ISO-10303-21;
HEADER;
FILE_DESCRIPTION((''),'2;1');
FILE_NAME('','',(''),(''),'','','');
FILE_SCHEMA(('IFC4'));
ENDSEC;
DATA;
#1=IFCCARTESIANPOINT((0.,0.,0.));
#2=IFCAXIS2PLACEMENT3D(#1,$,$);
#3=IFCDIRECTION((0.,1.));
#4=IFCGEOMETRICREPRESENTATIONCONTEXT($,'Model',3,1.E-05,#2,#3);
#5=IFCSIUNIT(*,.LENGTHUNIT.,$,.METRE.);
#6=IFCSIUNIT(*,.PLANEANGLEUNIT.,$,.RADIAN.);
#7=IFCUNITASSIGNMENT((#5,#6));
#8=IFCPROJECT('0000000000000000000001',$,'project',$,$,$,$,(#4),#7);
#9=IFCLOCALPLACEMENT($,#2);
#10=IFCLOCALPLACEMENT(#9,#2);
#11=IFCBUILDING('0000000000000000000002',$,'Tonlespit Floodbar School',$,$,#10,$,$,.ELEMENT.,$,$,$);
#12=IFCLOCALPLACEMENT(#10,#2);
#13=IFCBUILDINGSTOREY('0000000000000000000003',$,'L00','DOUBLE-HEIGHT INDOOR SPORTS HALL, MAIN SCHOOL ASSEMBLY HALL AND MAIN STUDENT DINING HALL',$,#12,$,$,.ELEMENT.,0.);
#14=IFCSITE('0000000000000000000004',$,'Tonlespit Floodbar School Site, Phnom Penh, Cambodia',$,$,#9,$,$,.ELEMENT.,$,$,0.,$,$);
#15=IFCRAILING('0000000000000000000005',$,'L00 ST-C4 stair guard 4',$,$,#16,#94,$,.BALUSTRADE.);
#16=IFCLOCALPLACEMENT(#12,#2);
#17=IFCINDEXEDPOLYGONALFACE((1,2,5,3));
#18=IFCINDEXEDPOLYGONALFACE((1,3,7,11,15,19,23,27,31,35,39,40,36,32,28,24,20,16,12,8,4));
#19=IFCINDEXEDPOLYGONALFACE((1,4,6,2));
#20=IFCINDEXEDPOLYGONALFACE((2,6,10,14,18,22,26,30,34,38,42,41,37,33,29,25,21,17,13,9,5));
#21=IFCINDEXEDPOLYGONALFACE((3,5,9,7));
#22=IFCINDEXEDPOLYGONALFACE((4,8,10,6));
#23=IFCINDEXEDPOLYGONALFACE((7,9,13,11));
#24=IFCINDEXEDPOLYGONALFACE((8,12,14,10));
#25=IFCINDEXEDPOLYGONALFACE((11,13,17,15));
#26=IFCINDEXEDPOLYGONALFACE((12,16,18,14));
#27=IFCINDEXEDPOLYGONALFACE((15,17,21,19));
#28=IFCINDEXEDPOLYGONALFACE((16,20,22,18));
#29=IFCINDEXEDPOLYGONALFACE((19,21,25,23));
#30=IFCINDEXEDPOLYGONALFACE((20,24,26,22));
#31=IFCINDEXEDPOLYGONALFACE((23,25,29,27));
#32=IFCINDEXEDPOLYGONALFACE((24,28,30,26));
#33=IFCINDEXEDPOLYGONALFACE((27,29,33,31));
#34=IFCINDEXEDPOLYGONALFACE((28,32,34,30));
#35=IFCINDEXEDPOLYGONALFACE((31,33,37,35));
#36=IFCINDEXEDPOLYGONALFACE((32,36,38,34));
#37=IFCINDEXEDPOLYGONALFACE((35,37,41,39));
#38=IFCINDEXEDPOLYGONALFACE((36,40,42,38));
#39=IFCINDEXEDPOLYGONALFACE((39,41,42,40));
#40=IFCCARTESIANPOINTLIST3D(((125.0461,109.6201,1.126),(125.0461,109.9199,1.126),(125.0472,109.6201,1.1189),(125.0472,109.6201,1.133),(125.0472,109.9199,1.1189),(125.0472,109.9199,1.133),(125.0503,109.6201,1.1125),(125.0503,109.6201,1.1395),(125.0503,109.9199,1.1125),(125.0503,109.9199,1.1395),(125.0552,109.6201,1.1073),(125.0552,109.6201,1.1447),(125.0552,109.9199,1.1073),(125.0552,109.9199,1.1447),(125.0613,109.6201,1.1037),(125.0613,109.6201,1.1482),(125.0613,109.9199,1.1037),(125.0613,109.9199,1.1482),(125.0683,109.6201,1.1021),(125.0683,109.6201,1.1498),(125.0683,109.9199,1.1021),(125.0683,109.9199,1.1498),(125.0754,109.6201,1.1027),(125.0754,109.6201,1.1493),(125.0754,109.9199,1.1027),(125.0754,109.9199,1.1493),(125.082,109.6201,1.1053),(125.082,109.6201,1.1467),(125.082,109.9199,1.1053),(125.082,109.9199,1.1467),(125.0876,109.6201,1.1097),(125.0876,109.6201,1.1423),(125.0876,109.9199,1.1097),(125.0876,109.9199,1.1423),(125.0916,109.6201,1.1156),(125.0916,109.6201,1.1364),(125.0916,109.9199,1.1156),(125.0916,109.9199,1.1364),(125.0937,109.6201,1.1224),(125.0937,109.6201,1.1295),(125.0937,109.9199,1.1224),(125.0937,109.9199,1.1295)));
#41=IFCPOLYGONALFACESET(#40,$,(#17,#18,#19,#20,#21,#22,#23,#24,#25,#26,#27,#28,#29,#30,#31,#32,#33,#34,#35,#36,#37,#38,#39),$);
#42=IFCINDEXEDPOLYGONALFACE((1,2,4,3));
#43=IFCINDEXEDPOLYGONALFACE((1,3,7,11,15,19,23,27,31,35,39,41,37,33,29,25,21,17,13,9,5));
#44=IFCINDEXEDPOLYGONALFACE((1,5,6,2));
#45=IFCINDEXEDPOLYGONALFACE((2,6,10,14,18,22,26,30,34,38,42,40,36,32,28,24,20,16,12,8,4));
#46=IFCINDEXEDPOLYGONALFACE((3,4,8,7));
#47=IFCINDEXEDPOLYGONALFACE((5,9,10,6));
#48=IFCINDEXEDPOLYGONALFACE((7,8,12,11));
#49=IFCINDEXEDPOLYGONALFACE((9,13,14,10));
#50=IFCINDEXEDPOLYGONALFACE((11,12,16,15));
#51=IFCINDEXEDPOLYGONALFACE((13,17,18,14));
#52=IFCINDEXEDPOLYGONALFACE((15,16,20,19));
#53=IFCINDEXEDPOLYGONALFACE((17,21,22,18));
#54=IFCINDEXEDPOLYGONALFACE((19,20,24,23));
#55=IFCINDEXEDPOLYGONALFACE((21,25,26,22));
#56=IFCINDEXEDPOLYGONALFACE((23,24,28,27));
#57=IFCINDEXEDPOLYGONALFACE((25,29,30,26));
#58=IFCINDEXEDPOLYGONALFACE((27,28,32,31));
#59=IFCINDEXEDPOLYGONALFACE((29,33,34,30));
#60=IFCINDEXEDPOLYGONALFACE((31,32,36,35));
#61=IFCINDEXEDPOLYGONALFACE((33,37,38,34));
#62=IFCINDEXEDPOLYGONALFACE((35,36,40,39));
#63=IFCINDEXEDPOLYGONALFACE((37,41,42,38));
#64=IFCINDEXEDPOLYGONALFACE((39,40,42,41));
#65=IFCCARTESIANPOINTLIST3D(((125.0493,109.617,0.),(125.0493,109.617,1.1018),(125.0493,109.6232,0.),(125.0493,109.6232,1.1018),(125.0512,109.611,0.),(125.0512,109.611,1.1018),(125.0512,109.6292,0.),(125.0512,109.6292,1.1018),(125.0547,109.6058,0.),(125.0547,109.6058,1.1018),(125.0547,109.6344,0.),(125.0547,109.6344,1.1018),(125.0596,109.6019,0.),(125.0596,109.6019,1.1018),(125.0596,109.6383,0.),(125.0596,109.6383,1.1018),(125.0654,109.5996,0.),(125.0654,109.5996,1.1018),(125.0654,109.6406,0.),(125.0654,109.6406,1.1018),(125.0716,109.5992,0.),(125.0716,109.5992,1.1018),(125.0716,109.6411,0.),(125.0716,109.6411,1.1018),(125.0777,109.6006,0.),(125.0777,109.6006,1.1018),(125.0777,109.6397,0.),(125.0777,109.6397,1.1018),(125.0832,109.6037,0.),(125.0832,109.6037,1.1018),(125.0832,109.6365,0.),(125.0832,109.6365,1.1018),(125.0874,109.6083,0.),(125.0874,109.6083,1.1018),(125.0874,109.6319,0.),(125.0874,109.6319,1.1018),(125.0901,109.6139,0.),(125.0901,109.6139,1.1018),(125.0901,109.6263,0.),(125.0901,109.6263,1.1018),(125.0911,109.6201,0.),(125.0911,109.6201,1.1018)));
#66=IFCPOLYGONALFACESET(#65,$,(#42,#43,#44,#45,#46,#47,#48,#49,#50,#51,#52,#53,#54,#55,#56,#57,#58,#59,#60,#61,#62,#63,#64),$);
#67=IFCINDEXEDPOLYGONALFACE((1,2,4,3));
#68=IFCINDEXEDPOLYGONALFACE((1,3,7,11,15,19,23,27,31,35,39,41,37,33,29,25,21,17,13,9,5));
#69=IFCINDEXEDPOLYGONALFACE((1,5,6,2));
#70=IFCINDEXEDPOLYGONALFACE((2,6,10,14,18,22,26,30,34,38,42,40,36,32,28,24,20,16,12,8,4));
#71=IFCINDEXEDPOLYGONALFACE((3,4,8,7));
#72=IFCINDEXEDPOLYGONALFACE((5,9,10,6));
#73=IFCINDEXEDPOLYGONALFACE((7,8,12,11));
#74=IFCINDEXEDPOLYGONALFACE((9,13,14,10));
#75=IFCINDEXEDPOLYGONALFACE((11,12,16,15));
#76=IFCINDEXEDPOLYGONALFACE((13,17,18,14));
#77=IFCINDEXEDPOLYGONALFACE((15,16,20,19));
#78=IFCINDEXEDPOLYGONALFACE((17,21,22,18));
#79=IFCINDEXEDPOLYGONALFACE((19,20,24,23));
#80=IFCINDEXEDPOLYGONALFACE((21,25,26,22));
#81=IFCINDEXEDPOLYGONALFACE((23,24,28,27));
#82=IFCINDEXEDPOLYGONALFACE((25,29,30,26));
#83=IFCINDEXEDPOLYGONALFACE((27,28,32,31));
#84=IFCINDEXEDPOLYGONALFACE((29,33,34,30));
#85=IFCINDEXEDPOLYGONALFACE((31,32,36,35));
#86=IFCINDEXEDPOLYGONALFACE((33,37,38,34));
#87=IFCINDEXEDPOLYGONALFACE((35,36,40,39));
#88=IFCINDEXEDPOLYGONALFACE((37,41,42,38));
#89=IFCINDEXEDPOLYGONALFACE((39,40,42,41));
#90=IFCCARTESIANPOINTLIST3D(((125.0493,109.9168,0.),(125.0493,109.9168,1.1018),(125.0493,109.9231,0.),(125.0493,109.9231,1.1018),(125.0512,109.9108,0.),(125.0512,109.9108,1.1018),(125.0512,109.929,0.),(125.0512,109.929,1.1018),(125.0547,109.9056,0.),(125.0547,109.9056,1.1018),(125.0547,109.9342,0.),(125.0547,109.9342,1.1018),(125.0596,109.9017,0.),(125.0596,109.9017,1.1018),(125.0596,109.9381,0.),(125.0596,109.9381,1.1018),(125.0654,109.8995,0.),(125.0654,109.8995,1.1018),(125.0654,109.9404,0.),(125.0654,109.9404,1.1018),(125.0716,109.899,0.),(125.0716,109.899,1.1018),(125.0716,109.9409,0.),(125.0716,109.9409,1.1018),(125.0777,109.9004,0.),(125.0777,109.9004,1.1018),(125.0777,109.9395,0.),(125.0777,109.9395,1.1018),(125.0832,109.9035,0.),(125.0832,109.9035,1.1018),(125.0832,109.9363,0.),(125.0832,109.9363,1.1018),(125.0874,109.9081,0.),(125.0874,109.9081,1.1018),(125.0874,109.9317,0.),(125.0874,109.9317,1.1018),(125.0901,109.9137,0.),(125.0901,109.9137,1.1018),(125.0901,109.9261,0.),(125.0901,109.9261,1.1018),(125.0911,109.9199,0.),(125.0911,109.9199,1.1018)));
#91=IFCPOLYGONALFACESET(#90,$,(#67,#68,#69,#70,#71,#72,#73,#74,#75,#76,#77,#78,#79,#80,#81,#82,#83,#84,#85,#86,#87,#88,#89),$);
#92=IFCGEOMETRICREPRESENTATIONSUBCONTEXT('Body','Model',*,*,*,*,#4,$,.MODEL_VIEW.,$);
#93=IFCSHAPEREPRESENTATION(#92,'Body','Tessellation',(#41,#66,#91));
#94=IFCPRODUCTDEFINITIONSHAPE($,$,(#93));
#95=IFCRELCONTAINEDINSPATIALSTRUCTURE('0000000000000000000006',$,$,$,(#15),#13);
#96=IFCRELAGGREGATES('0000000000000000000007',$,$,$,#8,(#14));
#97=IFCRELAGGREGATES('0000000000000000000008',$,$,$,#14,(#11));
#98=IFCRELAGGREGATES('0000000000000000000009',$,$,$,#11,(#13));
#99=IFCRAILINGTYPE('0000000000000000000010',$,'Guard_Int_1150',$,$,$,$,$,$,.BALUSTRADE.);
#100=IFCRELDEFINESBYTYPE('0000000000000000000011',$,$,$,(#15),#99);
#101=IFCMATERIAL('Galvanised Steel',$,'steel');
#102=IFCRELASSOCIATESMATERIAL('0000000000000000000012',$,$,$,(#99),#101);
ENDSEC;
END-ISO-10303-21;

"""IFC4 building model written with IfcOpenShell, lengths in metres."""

from ifc_helpers import new_model, si_unit, direction, frame, origin, origin_2d, place, context, subcontext, project, spatial, circle, extrude, material, type_object, element, save


model = new_model("IFC4")

# Units and contexts
model_context = context("Model", 3, precision=1e-05, world=origin(), true_north=direction((0.0, 1.0)))
body_context = subcontext(model_context, "Body", "Model", "MODEL_VIEW")
ifc_project = project(units=[si_unit("LENGTHUNIT", "METRE"), si_unit("PLANEANGLEUNIT", "RADIAN")], contexts=[model_context])

# Site, building, storey
site_placement = place(None, origin())
site = spatial("IfcSite", under=ifc_project, at=site_placement, Name="Tonlespit Floodbar School Site, Phnom Penh, Cambodia", CompositionType="ELEMENT", RefElevation=0.0)
building_placement = place(site_placement, origin())
building = spatial("IfcBuilding", under=site, at=building_placement, Name="Tonlespit Floodbar School", CompositionType="ELEMENT")
storey_placement = place(building_placement, origin())
storey = spatial("IfcBuildingStorey", under=building, at=storey_placement, Name="L00", Description="DOUBLE-HEIGHT INDOOR SPORTS HALL, MAIN SCHOOL ASSEMBLY HALL AND MAIN STUDENT DINING HALL", CompositionType="ELEMENT", Elevation=0.0)

# Shared definitions
ifc_material_1 = material(Name="Galvanised Steel", Category="steel")

# Railing
railing_type_1 = type_object("IfcRailingType", Name="Guard_Int_1150", PredefinedType="BALUSTRADE", material=ifc_material_1)
railing_1_placement = place(storey_placement, frame((125.0701, 109.6201, 0.0)))
element("IfcRailing", 1, at=railing_1_placement, inside=storey, type_object=railing_type_1, Name="L00 ST-C4 stair guard 4", PredefinedType="BALUSTRADE", context=body_context, shape_type="SweptSolid", body=[
    extrude(circle(Radius=0.0239, at=origin_2d()), frame((0.0, 0.0, 1.126), z_axis=(0.0, 1.0, 0.0), x_axis=(-1.0, 0.0, 0.0)), (0.0, 0.0, 1.0), 0.2998),
    extrude(circle(Radius=0.021, at=origin_2d()), origin(), (0.0, 0.0, 1.0), 1.1018),
    extrude(circle(Radius=0.021, at=origin_2d()), frame((0.0, 0.2998, 0.0)), (0.0, 0.0, 1.0), 1.1018),
])

save(model, "model.ifc")
